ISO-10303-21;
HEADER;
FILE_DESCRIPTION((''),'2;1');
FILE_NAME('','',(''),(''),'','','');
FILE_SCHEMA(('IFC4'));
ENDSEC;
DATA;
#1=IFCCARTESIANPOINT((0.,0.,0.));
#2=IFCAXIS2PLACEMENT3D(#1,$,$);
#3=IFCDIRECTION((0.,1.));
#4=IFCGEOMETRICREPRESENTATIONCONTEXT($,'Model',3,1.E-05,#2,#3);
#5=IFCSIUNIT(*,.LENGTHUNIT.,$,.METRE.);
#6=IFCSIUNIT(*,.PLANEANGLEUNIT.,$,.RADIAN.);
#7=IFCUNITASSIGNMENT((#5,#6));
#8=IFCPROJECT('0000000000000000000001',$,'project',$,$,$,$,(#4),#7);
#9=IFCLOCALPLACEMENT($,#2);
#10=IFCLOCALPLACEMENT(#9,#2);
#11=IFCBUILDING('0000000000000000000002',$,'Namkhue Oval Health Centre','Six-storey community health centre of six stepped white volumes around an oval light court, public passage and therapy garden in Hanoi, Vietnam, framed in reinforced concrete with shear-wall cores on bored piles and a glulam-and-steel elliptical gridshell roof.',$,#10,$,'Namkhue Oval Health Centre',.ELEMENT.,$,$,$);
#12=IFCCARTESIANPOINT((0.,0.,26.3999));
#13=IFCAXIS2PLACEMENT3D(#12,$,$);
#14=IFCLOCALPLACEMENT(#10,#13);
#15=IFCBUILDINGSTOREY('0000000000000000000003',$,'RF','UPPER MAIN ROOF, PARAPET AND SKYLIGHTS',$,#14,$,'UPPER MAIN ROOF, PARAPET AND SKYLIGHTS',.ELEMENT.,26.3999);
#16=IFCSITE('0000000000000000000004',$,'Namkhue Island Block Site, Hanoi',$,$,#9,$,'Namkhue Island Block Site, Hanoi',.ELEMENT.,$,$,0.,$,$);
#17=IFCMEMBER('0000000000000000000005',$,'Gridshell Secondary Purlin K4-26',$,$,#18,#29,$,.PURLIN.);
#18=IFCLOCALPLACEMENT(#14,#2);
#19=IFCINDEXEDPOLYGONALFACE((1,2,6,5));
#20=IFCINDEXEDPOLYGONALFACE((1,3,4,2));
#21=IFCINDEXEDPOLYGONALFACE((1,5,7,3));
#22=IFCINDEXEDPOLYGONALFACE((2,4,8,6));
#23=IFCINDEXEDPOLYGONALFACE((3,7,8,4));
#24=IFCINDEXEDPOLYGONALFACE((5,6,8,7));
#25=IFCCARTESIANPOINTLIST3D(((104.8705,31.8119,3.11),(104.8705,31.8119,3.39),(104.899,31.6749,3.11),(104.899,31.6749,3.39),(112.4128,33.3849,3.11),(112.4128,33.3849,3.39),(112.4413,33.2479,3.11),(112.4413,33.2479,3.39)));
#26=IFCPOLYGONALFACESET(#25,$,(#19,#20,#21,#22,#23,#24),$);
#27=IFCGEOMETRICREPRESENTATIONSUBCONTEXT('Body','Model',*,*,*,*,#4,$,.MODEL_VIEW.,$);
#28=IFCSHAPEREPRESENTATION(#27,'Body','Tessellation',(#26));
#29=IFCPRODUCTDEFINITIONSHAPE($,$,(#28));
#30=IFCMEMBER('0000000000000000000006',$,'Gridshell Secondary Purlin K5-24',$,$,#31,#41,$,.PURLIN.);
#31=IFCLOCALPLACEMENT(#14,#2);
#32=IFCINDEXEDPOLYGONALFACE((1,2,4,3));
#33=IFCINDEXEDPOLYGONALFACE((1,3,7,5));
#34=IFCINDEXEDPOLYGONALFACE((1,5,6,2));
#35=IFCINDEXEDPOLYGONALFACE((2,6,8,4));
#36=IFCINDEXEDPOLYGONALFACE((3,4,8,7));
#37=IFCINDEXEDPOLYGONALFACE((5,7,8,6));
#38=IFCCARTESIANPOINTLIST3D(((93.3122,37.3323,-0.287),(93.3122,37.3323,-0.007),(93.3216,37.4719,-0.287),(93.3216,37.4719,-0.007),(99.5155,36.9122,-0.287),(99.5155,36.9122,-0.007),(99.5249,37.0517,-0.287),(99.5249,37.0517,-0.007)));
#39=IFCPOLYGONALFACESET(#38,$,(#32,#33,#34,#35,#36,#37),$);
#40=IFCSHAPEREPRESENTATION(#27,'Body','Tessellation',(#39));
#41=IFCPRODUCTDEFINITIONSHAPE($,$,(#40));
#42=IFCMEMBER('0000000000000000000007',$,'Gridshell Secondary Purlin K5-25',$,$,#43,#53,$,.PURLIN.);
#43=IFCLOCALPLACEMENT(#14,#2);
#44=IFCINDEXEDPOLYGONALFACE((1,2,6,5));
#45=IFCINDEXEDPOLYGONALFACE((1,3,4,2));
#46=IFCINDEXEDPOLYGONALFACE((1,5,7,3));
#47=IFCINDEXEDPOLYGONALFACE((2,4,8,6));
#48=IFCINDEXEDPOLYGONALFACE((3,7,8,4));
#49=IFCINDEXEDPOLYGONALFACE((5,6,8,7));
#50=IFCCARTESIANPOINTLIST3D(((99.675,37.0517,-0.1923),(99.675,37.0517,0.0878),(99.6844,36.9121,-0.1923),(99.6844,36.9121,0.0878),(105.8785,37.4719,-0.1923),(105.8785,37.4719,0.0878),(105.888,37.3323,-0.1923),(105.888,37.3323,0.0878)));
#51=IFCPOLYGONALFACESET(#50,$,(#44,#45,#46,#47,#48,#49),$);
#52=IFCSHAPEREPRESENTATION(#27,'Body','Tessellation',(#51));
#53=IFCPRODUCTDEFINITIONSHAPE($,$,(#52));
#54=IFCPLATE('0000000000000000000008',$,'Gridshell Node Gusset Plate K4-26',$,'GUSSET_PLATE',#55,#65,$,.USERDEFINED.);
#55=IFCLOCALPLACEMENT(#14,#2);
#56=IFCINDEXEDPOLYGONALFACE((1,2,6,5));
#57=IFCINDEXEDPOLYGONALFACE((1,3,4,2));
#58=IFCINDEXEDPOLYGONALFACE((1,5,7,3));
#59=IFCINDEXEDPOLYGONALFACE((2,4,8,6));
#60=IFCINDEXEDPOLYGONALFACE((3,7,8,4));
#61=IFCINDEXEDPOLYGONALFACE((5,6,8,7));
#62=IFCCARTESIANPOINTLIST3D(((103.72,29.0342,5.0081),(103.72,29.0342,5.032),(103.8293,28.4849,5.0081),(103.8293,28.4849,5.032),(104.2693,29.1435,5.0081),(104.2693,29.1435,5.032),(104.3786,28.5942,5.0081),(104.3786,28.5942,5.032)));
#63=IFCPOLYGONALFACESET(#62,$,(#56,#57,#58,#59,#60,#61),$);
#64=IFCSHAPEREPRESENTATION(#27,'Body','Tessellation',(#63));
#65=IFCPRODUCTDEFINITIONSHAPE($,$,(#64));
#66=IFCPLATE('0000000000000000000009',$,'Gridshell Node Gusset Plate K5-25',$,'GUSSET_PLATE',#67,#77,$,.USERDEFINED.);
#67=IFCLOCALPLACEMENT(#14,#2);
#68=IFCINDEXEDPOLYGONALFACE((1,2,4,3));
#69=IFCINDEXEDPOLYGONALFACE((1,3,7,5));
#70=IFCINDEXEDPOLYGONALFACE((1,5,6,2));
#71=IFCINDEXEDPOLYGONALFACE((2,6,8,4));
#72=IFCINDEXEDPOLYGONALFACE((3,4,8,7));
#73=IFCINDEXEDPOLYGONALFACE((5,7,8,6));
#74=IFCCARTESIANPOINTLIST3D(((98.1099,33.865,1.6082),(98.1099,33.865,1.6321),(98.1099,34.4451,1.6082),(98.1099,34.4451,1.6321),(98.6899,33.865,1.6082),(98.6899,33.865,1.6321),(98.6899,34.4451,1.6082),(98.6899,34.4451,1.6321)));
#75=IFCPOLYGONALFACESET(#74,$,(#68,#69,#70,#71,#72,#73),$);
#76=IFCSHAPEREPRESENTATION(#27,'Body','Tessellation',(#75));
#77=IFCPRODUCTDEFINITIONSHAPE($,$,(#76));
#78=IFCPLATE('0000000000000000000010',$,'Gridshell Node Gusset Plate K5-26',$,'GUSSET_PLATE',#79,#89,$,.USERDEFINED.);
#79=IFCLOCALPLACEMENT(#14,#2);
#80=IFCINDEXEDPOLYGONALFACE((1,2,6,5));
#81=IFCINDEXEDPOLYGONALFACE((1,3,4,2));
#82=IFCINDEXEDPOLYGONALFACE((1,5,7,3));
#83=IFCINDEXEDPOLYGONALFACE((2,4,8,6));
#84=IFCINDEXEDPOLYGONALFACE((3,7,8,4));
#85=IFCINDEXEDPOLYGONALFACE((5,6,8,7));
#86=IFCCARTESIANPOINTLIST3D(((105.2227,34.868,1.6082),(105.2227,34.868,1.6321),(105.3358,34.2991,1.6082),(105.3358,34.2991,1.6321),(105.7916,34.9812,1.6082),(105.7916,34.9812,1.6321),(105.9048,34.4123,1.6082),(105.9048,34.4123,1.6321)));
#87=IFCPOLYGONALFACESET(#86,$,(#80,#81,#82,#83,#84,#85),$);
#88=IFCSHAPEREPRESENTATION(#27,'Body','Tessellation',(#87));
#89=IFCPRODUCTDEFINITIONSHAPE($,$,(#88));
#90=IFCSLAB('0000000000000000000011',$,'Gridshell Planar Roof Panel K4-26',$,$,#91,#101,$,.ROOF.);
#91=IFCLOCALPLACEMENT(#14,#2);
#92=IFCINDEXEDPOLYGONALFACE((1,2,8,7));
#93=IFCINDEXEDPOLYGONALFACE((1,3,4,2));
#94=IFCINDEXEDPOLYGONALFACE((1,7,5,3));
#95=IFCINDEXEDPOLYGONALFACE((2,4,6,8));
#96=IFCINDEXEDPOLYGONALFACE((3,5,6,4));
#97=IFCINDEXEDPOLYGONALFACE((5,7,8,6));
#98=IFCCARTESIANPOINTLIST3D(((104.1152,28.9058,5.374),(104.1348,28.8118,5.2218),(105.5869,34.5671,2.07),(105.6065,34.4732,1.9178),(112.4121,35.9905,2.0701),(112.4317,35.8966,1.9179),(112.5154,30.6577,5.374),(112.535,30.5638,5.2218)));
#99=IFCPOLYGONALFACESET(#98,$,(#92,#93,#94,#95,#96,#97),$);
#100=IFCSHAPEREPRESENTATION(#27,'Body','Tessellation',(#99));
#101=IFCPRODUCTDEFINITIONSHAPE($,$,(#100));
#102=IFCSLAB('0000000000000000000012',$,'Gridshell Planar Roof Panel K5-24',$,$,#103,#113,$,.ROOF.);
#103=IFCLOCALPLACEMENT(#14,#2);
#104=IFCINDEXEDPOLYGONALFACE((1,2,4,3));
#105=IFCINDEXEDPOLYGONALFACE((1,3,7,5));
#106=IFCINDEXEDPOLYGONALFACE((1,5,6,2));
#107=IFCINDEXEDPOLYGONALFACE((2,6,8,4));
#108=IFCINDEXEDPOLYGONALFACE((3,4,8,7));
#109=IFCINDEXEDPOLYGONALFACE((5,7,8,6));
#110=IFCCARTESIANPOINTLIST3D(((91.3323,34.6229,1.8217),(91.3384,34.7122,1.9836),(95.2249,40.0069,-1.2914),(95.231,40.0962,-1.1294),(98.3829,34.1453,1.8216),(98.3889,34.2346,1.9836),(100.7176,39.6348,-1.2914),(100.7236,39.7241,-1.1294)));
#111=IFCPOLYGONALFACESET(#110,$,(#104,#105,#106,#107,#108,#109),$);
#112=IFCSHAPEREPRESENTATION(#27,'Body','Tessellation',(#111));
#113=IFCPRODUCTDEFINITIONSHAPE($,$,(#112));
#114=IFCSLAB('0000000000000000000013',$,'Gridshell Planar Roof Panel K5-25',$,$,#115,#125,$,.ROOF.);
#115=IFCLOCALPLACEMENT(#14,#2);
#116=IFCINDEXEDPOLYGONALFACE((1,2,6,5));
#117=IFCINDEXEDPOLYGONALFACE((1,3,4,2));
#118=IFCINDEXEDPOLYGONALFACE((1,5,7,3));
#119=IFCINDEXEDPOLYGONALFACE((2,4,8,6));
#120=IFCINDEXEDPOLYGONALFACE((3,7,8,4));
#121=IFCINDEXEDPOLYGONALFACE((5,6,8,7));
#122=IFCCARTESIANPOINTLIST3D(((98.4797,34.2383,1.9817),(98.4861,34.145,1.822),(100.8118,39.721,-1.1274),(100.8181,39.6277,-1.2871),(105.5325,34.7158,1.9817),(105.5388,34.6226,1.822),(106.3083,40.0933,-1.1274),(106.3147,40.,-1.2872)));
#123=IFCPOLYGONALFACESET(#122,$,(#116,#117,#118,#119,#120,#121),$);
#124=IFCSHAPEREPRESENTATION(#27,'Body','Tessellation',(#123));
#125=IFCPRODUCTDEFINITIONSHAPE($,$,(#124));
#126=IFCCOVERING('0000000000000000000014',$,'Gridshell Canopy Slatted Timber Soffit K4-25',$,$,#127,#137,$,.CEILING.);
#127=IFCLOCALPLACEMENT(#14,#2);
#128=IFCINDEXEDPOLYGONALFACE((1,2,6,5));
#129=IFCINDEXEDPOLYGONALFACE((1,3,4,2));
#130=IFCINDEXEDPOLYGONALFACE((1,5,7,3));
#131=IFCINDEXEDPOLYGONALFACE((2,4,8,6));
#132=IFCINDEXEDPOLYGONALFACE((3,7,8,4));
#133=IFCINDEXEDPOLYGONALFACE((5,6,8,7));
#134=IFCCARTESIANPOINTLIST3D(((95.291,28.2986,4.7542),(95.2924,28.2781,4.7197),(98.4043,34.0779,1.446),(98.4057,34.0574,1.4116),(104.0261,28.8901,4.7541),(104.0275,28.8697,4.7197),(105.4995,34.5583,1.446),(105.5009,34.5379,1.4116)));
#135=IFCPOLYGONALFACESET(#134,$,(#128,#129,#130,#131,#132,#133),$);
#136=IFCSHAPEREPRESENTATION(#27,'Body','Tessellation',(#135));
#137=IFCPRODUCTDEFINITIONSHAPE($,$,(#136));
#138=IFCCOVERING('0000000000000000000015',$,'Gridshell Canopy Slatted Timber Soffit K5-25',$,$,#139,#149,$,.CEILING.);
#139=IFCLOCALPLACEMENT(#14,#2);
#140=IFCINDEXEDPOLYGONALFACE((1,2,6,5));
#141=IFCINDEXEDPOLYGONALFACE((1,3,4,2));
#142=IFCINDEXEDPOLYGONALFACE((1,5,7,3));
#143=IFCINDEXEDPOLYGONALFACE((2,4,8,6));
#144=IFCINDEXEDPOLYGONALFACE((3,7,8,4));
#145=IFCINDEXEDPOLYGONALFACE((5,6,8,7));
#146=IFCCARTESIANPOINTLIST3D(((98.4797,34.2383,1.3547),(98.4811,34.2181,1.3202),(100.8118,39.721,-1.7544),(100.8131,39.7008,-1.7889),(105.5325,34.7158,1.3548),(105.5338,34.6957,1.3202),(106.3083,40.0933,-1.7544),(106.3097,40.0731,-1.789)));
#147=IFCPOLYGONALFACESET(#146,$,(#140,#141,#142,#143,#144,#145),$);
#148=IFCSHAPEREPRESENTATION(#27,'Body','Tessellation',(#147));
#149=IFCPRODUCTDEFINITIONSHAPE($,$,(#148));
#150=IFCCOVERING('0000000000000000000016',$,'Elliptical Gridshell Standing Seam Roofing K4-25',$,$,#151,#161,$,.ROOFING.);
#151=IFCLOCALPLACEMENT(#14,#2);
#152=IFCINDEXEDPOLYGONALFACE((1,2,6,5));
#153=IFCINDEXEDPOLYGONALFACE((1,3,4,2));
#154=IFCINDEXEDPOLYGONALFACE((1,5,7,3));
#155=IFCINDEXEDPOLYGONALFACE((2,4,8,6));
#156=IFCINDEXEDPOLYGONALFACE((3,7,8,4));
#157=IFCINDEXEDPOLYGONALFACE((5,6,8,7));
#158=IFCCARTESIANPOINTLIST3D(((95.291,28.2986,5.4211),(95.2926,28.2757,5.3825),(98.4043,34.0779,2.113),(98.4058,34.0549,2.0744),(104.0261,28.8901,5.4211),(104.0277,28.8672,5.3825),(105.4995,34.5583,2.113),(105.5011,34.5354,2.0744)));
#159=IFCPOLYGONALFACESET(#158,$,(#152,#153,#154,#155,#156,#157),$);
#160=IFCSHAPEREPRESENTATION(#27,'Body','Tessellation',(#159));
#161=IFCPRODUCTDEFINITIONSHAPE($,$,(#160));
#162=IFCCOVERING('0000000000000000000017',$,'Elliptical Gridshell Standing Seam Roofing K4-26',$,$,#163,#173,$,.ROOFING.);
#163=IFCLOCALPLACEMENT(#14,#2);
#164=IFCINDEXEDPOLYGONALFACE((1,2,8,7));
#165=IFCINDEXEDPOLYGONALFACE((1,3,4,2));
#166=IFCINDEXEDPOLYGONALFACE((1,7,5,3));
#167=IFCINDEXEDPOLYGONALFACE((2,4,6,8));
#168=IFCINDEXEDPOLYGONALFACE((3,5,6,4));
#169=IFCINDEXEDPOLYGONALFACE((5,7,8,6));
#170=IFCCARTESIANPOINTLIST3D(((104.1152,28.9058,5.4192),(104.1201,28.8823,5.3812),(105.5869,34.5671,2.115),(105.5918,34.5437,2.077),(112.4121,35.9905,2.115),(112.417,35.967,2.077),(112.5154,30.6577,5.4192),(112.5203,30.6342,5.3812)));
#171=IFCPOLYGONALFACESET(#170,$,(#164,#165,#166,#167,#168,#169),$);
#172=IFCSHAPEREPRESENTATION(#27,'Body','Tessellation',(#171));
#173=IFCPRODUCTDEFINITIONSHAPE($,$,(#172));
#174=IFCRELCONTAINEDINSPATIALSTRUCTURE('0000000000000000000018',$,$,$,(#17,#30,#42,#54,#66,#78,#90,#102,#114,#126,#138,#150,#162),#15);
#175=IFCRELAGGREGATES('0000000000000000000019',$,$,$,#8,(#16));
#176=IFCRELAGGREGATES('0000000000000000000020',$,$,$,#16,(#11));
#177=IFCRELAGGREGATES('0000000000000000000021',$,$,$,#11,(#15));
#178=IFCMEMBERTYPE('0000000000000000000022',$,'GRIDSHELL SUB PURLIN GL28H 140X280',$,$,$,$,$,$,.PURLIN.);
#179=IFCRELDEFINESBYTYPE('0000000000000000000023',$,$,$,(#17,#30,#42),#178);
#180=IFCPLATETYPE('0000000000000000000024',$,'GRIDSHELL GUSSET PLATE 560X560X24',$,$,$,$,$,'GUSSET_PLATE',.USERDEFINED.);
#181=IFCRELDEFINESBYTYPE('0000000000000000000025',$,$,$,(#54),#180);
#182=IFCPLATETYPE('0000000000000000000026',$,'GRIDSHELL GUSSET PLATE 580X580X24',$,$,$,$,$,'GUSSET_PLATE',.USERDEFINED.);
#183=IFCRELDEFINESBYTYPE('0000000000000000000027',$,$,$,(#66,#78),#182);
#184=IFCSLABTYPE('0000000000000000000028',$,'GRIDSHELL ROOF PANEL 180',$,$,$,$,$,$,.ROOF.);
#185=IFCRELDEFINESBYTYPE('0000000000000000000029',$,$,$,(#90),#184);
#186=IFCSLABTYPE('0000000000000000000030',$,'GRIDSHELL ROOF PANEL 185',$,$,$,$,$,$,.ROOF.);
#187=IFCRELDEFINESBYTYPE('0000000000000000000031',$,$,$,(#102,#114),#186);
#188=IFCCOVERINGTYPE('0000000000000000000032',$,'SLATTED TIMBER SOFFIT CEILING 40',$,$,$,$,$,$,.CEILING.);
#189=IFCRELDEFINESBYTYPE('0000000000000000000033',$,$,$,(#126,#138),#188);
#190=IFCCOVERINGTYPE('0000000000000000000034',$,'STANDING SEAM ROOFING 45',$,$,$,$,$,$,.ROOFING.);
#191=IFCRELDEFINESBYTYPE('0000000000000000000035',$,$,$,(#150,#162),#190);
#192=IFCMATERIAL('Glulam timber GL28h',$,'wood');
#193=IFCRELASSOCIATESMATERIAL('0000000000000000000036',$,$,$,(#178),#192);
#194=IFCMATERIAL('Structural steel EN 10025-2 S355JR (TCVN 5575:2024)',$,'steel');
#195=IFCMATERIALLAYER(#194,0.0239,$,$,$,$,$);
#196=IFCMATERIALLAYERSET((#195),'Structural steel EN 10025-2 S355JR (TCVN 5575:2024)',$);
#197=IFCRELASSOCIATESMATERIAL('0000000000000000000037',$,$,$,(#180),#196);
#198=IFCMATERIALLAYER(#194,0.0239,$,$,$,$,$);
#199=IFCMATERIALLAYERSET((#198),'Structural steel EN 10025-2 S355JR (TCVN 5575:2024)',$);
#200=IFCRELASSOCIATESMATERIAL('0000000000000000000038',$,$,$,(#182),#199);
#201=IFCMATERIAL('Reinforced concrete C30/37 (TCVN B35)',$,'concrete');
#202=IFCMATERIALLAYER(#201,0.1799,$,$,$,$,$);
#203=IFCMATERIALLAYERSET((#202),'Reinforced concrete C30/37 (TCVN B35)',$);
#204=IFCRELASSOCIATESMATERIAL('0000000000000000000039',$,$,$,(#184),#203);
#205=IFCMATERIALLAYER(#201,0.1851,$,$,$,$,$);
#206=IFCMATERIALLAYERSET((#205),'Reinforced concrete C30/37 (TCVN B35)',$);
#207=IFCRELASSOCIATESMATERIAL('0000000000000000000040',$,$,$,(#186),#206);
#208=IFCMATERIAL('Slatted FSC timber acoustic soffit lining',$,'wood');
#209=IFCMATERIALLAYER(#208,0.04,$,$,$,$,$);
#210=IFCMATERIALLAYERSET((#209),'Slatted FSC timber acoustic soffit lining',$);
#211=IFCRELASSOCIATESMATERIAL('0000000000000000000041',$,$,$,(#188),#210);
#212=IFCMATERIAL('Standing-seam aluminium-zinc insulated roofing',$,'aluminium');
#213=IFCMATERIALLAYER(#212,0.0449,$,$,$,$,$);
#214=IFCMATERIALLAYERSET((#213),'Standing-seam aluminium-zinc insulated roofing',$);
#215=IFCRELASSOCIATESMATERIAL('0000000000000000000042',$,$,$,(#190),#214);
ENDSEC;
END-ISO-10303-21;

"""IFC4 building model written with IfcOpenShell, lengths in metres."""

from ifc_helpers import new_model, si_unit, direction, frame, origin, origin_2d, place, context, subcontext, project, spatial, polyline, rectangle, outline, extrude, material, layer, layer_set, material_profile, profile_set, type_object, element, save


model = new_model("IFC4")

# Units and contexts
model_context = context("Model", 3, precision=1e-05, world=origin(), true_north=direction((0.0, 1.0)))
body_context = subcontext(model_context, "Body", "Model", "MODEL_VIEW")
ifc_project = project(units=[si_unit("LENGTHUNIT", "METRE"), si_unit("PLANEANGLEUNIT", "RADIAN")], contexts=[model_context])

# Site, building, storey
site_placement = place(None, origin())
site = spatial("IfcSite", under=ifc_project, at=site_placement, Name="Namkhue Island Block Site, Hanoi", LongName="Namkhue Island Block Site, Hanoi", CompositionType="ELEMENT", RefElevation=0.0)
building_placement = place(site_placement, origin())
building = spatial("IfcBuilding", under=site, at=building_placement, Name="Namkhue Oval Health Centre", Description="Six-storey community health centre of six stepped white volumes around an oval light court, public passage and therapy garden in Hanoi, Vietnam, framed in reinforced concrete with shear-wall cores on bored piles and a glulam-and-steel elliptical gridshell roof.", LongName="Namkhue Oval Health Centre", CompositionType="ELEMENT")
storey_placement = place(building_placement, frame((0.0, 0.0, 26.3999)))
storey = spatial("IfcBuildingStorey", under=building, at=storey_placement, Name="RF", Description="UPPER MAIN ROOF, PARAPET AND SKYLIGHTS", LongName="UPPER MAIN ROOF, PARAPET AND SKYLIGHTS", CompositionType="ELEMENT", Elevation=26.3999)

# Members
ifc_material_1 = material(Name="Structural steel EN 10025-2 S355JR (TCVN 5575:2024)", Category="steel")
ifc_material_2 = material(Name="Glulam timber GL28h", Category="wood")
ifc_material_profile_1 = material_profile(ifc_material_2, rectangle(XDim=0.1399, YDim=0.28, at=origin_2d()), Name="GL28h 140x280")
ifc_profile_set_1 = profile_set([ifc_material_profile_1], Name="Glulam timber GL28h")
member_type_1 = type_object("IfcMemberType", Name="GRIDSHELL SUB PURLIN GL28H 140X280", PredefinedType="PURLIN", material=ifc_profile_set_1)
member_1_placement = place(storey_placement, frame((104.8848, 31.7434, 3.25), z_axis=(0.978936, 0.204166, 0.0), x_axis=(-0.204166, 0.978936, 0.0)))
element("IfcMember", 1, at=member_1_placement, inside=storey, type_object=member_type_1, Name="Gridshell Secondary Purlin K4-26", PredefinedType="PURLIN", context=body_context, shape_type="SweptSolid", body=[
    extrude(rectangle(XDim=0.1399, YDim=0.28, at=origin_2d()), origin(), (0.0, 0.0, 1.0), 7.7046),
])
member_2_placement = place(storey_placement, frame((93.3169, 37.4021, -0.147), z_axis=(0.997714, -0.067577, 0.0), x_axis=(0.067577, 0.997714, 0.0)))
element("IfcMember", 2, at=member_2_placement, inside=storey, type_object=member_type_1, Name="Gridshell Secondary Purlin K5-24", PredefinedType="PURLIN", context=body_context, shape_type="SweptSolid", body=[
    extrude(rectangle(XDim=0.1399, YDim=0.28, at=origin_2d()), origin(), (0.0, 0.0, 1.0), 6.2175),
])
member_3_placement = place(storey_placement, frame((99.6797, 36.9819, -0.0522), z_axis=(0.997714, 0.067574, 0.0), x_axis=(-0.067574, 0.997714, 0.0)))
element("IfcMember", 3, at=member_3_placement, inside=storey, type_object=member_type_1, Name="Gridshell Secondary Purlin K5-25", PredefinedType="PURLIN", context=body_context, shape_type="SweptSolid", body=[
    extrude(rectangle(XDim=0.1399, YDim=0.28, at=origin_2d()), origin(), (0.0, 0.0, 1.0), 6.2178),
])

# Plates
ifc_layer_1 = layer(ifc_material_1, 0.0239)
ifc_layer_set_1 = layer_set([ifc_layer_1], Name="Structural steel EN 10025-2 S355JR (TCVN 5575:2024)")
plate_type_1 = type_object("IfcPlateType", Name="GRIDSHELL GUSSET PLATE 560X560X24", ElementType="GUSSET_PLATE", PredefinedType="USERDEFINED", material=ifc_layer_set_1)
plate_placement = place(storey_placement, frame((104.0493, 28.8142, 5.0081), z_axis=(0.0, 0.0, 1.0), x_axis=(0.19509, -0.980785, 0.0)))
element("IfcPlate", 4, at=plate_placement, inside=storey, type_object=plate_type_1, Name="Gridshell Node Gusset Plate K4-26", ObjectType="GUSSET_PLATE", PredefinedType="USERDEFINED", context=body_context, shape_type="SweptSolid", body=[
    extrude(rectangle(XDim=0.5601, YDim=0.5601, at=origin_2d()), origin(), (0.0, 0.0, 1.0), 0.0239),
])
ifc_layer_2 = layer(ifc_material_1, 0.0239)
ifc_layer_set_2 = layer_set([ifc_layer_2], Name="Structural steel EN 10025-2 S355JR (TCVN 5575:2024)")
plate_type_2 = type_object("IfcPlateType", Name="GRIDSHELL GUSSET PLATE 580X580X24", ElementType="GUSSET_PLATE", PredefinedType="USERDEFINED", material=ifc_layer_set_2)
for number, where, z_axis, x_axis, name in (
    (5, (98.3999, 34.155, 1.6082), (0.0, 0.0, 1.0), (0.0, -1.0, 0.0), "Gridshell Node Gusset Plate K5-25"),
    (6, (105.5637, 34.6401, 1.6082), (0.0, 0.0, 1.0), (0.19509, -0.980785, 0.0), "Gridshell Node Gusset Plate K5-26"),
):
    element("IfcPlate", number, at=place(storey_placement, frame(where, z_axis=z_axis, x_axis=x_axis)), inside=storey, type_object=plate_type_2, Name=name, ObjectType="GUSSET_PLATE", PredefinedType="USERDEFINED", context=body_context, shape_type="SweptSolid", body=[
        extrude(rectangle(XDim=0.5801, YDim=0.5801, at=origin_2d()), origin(), (0.0, 0.0, 1.0), 0.0239),
    ])

# Slabs
ifc_material_3 = material(Name="Reinforced concrete C30/37 (TCVN B35)", Category="concrete")
ifc_layer_3 = layer(ifc_material_3, 0.1799)
ifc_layer_set_3 = layer_set([ifc_layer_3], Name="Reinforced concrete C30/37 (TCVN B35)")
slab_type_1 = type_object("IfcSlabType", Name="GRIDSHELL ROOF PANEL 180", PredefinedType="ROOF", material=ifc_layer_set_3)
slab_1_placement = place(storey_placement, frame((104.1152, 28.9058, 5.374), z_axis=(-0.108866, 0.522008, 0.845964), x_axis=(0.978936, 0.204167, -0.000004)))
element("IfcSlab", 7, at=slab_1_placement, inside=storey, type_object=slab_type_1, Name="Gridshell Planar Roof Panel K4-26", PredefinedType="ROOF", context=body_context, shape_type="SweptSolid", body=[
    extrude(outline(polyline([(0.0, 0.0), (8.5809, 0.0), (9.5686, 6.1959), (2.5966, 6.1961), (0.0, 0.0)])), origin(), (0.0, 0.0, -1.0), 0.1799),
])
ifc_layer_4 = layer(ifc_material_3, 0.1851)
ifc_layer_set_4 = layer_set([ifc_layer_4], Name="Reinforced concrete C30/37 (TCVN B35)")
slab_type_2 = type_object("IfcSlabType", Name="GRIDSHELL ROOF PANEL 185", PredefinedType="ROOF", material=ifc_layer_set_4)
slab_2_placement = place(storey_placement, frame((91.3384, 34.7122, 1.9836), z_axis=(0.03268, 0.482473, 0.875301), x_axis=(0.997714, -0.067577, -0.000002)))
element("IfcSlab", 8, at=slab_2_placement, inside=storey, type_object=slab_type_2, Name="Gridshell Planar Roof Panel K5-24", PredefinedType="ROOF", context=body_context, shape_type="SweptSolid", body=[
    extrude(outline(polyline([(0.0, 0.0), (7.0667, 0.0), (9.0251, 6.4375), (3.5198, 6.4375), (0.0, 0.0)])), origin(), (0.0, 0.0, -1.0), 0.1851),
])
slab_3_placement = place(storey_placement, frame((98.4797, 34.2383, 1.9817), z_axis=(-0.034127, 0.503939, 0.863065), x_axis=(0.997715, 0.067558, 0.000005)))
element("IfcSlab", 9, at=slab_3_placement, inside=storey, type_object=slab_type_2, Name="Gridshell Planar Roof Panel K5-25", PredefinedType="ROOF", context=body_context, shape_type="SweptSolid", body=[
    extrude(outline(polyline([(0.0, 0.0), (7.0689, 0.0), (8.2063, 6.1556), (2.6971, 6.1555), (0.0, 0.0)])), origin(), (0.0, 0.0, -1.0), 0.1851),
])

# Coverings
ifc_material_4 = material(Name="Slatted FSC timber acoustic soffit lining", Category="wood")
ifc_layer_5 = layer(ifc_material_4, 0.04)
ifc_layer_set_5 = layer_set([ifc_layer_5], Name="Slatted FSC timber acoustic soffit lining")
covering_type_1 = type_object("IfcCoveringType", Name="SLATTED TIMBER SOFFIT CEILING 40", PredefinedType="CEILING", material=ifc_layer_set_5)
covering_1_placement = place(storey_placement, frame((95.291, 28.2986, 4.7542), z_axis=(-0.034567, 0.510443, 0.859216), x_axis=(0.997715, 0.067566, -0.000001)))
element("IfcCovering", 10, at=covering_1_placement, inside=storey, type_object=covering_type_1, Name="Gridshell Canopy Slatted Timber Soffit K4-25", PredefinedType="CEILING", context=body_context, shape_type="SweptSolid", body=[
    extrude(outline(polyline([(0.0, 0.0), (8.7551, 0.0), (10.6081, 6.466), (3.4967, 6.466), (0.0, 0.0)])), origin(), (0.0, 0.0, -1.0), 0.04),
])
covering_2_placement = place(storey_placement, frame((98.4797, 34.2383, 1.3547), z_axis=(-0.034127, 0.503939, 0.863065), x_axis=(0.997715, 0.067558, 0.000005)))
element("IfcCovering", 11, at=covering_2_placement, inside=storey, type_object=covering_type_1, Name="Gridshell Canopy Slatted Timber Soffit K5-25", PredefinedType="CEILING", context=body_context, shape_type="SweptSolid", body=[
    extrude(outline(polyline([(0.0, 0.0), (7.0689, 0.0), (8.2063, 6.1556), (2.6971, 6.1555), (0.0, 0.0)])), origin(), (0.0, 0.0, -1.0), 0.04),
])
ifc_material_5 = material(Name="Standing-seam aluminium-zinc insulated roofing", Category="aluminium")
ifc_layer_6 = layer(ifc_material_5, 0.0449)
ifc_layer_set_6 = layer_set([ifc_layer_6], Name="Standing-seam aluminium-zinc insulated roofing")
covering_type_2 = type_object("IfcCoveringType", Name="STANDING SEAM ROOFING 45", PredefinedType="ROOFING", material=ifc_layer_set_6)
covering_3_placement = place(storey_placement, frame((95.291, 28.2986, 5.4211), z_axis=(-0.034567, 0.510443, 0.859216), x_axis=(0.997715, 0.067566, -0.000001)))
element("IfcCovering", 12, at=covering_3_placement, inside=storey, type_object=covering_type_2, Name="Elliptical Gridshell Standing Seam Roofing K4-25", PredefinedType="ROOFING", context=body_context, shape_type="SweptSolid", body=[
    extrude(outline(polyline([(0.0, 0.0), (8.7551, 0.0), (10.6081, 6.466), (3.4967, 6.466), (0.0, 0.0)])), origin(), (0.0, 0.0, -1.0), 0.0449),
])
covering_4_placement = place(storey_placement, frame((104.1152, 28.9058, 5.4192), z_axis=(-0.108872, 0.522036, 0.845947), x_axis=(0.978936, 0.204167, -0.000004)))
element("IfcCovering", 13, at=covering_4_placement, inside=storey, type_object=covering_type_2, Name="Elliptical Gridshell Standing Seam Roofing K4-26", PredefinedType="ROOFING", context=body_context, shape_type="SweptSolid", body=[
    extrude(outline(polyline([(0.0, 0.0), (8.5809, 0.0), (9.5686, 6.1961), (2.5966, 6.1962), (0.0, 0.0)])), origin(), (0.0, 0.0, -1.0), 0.0449),
])

save(model, "model.ifc")
